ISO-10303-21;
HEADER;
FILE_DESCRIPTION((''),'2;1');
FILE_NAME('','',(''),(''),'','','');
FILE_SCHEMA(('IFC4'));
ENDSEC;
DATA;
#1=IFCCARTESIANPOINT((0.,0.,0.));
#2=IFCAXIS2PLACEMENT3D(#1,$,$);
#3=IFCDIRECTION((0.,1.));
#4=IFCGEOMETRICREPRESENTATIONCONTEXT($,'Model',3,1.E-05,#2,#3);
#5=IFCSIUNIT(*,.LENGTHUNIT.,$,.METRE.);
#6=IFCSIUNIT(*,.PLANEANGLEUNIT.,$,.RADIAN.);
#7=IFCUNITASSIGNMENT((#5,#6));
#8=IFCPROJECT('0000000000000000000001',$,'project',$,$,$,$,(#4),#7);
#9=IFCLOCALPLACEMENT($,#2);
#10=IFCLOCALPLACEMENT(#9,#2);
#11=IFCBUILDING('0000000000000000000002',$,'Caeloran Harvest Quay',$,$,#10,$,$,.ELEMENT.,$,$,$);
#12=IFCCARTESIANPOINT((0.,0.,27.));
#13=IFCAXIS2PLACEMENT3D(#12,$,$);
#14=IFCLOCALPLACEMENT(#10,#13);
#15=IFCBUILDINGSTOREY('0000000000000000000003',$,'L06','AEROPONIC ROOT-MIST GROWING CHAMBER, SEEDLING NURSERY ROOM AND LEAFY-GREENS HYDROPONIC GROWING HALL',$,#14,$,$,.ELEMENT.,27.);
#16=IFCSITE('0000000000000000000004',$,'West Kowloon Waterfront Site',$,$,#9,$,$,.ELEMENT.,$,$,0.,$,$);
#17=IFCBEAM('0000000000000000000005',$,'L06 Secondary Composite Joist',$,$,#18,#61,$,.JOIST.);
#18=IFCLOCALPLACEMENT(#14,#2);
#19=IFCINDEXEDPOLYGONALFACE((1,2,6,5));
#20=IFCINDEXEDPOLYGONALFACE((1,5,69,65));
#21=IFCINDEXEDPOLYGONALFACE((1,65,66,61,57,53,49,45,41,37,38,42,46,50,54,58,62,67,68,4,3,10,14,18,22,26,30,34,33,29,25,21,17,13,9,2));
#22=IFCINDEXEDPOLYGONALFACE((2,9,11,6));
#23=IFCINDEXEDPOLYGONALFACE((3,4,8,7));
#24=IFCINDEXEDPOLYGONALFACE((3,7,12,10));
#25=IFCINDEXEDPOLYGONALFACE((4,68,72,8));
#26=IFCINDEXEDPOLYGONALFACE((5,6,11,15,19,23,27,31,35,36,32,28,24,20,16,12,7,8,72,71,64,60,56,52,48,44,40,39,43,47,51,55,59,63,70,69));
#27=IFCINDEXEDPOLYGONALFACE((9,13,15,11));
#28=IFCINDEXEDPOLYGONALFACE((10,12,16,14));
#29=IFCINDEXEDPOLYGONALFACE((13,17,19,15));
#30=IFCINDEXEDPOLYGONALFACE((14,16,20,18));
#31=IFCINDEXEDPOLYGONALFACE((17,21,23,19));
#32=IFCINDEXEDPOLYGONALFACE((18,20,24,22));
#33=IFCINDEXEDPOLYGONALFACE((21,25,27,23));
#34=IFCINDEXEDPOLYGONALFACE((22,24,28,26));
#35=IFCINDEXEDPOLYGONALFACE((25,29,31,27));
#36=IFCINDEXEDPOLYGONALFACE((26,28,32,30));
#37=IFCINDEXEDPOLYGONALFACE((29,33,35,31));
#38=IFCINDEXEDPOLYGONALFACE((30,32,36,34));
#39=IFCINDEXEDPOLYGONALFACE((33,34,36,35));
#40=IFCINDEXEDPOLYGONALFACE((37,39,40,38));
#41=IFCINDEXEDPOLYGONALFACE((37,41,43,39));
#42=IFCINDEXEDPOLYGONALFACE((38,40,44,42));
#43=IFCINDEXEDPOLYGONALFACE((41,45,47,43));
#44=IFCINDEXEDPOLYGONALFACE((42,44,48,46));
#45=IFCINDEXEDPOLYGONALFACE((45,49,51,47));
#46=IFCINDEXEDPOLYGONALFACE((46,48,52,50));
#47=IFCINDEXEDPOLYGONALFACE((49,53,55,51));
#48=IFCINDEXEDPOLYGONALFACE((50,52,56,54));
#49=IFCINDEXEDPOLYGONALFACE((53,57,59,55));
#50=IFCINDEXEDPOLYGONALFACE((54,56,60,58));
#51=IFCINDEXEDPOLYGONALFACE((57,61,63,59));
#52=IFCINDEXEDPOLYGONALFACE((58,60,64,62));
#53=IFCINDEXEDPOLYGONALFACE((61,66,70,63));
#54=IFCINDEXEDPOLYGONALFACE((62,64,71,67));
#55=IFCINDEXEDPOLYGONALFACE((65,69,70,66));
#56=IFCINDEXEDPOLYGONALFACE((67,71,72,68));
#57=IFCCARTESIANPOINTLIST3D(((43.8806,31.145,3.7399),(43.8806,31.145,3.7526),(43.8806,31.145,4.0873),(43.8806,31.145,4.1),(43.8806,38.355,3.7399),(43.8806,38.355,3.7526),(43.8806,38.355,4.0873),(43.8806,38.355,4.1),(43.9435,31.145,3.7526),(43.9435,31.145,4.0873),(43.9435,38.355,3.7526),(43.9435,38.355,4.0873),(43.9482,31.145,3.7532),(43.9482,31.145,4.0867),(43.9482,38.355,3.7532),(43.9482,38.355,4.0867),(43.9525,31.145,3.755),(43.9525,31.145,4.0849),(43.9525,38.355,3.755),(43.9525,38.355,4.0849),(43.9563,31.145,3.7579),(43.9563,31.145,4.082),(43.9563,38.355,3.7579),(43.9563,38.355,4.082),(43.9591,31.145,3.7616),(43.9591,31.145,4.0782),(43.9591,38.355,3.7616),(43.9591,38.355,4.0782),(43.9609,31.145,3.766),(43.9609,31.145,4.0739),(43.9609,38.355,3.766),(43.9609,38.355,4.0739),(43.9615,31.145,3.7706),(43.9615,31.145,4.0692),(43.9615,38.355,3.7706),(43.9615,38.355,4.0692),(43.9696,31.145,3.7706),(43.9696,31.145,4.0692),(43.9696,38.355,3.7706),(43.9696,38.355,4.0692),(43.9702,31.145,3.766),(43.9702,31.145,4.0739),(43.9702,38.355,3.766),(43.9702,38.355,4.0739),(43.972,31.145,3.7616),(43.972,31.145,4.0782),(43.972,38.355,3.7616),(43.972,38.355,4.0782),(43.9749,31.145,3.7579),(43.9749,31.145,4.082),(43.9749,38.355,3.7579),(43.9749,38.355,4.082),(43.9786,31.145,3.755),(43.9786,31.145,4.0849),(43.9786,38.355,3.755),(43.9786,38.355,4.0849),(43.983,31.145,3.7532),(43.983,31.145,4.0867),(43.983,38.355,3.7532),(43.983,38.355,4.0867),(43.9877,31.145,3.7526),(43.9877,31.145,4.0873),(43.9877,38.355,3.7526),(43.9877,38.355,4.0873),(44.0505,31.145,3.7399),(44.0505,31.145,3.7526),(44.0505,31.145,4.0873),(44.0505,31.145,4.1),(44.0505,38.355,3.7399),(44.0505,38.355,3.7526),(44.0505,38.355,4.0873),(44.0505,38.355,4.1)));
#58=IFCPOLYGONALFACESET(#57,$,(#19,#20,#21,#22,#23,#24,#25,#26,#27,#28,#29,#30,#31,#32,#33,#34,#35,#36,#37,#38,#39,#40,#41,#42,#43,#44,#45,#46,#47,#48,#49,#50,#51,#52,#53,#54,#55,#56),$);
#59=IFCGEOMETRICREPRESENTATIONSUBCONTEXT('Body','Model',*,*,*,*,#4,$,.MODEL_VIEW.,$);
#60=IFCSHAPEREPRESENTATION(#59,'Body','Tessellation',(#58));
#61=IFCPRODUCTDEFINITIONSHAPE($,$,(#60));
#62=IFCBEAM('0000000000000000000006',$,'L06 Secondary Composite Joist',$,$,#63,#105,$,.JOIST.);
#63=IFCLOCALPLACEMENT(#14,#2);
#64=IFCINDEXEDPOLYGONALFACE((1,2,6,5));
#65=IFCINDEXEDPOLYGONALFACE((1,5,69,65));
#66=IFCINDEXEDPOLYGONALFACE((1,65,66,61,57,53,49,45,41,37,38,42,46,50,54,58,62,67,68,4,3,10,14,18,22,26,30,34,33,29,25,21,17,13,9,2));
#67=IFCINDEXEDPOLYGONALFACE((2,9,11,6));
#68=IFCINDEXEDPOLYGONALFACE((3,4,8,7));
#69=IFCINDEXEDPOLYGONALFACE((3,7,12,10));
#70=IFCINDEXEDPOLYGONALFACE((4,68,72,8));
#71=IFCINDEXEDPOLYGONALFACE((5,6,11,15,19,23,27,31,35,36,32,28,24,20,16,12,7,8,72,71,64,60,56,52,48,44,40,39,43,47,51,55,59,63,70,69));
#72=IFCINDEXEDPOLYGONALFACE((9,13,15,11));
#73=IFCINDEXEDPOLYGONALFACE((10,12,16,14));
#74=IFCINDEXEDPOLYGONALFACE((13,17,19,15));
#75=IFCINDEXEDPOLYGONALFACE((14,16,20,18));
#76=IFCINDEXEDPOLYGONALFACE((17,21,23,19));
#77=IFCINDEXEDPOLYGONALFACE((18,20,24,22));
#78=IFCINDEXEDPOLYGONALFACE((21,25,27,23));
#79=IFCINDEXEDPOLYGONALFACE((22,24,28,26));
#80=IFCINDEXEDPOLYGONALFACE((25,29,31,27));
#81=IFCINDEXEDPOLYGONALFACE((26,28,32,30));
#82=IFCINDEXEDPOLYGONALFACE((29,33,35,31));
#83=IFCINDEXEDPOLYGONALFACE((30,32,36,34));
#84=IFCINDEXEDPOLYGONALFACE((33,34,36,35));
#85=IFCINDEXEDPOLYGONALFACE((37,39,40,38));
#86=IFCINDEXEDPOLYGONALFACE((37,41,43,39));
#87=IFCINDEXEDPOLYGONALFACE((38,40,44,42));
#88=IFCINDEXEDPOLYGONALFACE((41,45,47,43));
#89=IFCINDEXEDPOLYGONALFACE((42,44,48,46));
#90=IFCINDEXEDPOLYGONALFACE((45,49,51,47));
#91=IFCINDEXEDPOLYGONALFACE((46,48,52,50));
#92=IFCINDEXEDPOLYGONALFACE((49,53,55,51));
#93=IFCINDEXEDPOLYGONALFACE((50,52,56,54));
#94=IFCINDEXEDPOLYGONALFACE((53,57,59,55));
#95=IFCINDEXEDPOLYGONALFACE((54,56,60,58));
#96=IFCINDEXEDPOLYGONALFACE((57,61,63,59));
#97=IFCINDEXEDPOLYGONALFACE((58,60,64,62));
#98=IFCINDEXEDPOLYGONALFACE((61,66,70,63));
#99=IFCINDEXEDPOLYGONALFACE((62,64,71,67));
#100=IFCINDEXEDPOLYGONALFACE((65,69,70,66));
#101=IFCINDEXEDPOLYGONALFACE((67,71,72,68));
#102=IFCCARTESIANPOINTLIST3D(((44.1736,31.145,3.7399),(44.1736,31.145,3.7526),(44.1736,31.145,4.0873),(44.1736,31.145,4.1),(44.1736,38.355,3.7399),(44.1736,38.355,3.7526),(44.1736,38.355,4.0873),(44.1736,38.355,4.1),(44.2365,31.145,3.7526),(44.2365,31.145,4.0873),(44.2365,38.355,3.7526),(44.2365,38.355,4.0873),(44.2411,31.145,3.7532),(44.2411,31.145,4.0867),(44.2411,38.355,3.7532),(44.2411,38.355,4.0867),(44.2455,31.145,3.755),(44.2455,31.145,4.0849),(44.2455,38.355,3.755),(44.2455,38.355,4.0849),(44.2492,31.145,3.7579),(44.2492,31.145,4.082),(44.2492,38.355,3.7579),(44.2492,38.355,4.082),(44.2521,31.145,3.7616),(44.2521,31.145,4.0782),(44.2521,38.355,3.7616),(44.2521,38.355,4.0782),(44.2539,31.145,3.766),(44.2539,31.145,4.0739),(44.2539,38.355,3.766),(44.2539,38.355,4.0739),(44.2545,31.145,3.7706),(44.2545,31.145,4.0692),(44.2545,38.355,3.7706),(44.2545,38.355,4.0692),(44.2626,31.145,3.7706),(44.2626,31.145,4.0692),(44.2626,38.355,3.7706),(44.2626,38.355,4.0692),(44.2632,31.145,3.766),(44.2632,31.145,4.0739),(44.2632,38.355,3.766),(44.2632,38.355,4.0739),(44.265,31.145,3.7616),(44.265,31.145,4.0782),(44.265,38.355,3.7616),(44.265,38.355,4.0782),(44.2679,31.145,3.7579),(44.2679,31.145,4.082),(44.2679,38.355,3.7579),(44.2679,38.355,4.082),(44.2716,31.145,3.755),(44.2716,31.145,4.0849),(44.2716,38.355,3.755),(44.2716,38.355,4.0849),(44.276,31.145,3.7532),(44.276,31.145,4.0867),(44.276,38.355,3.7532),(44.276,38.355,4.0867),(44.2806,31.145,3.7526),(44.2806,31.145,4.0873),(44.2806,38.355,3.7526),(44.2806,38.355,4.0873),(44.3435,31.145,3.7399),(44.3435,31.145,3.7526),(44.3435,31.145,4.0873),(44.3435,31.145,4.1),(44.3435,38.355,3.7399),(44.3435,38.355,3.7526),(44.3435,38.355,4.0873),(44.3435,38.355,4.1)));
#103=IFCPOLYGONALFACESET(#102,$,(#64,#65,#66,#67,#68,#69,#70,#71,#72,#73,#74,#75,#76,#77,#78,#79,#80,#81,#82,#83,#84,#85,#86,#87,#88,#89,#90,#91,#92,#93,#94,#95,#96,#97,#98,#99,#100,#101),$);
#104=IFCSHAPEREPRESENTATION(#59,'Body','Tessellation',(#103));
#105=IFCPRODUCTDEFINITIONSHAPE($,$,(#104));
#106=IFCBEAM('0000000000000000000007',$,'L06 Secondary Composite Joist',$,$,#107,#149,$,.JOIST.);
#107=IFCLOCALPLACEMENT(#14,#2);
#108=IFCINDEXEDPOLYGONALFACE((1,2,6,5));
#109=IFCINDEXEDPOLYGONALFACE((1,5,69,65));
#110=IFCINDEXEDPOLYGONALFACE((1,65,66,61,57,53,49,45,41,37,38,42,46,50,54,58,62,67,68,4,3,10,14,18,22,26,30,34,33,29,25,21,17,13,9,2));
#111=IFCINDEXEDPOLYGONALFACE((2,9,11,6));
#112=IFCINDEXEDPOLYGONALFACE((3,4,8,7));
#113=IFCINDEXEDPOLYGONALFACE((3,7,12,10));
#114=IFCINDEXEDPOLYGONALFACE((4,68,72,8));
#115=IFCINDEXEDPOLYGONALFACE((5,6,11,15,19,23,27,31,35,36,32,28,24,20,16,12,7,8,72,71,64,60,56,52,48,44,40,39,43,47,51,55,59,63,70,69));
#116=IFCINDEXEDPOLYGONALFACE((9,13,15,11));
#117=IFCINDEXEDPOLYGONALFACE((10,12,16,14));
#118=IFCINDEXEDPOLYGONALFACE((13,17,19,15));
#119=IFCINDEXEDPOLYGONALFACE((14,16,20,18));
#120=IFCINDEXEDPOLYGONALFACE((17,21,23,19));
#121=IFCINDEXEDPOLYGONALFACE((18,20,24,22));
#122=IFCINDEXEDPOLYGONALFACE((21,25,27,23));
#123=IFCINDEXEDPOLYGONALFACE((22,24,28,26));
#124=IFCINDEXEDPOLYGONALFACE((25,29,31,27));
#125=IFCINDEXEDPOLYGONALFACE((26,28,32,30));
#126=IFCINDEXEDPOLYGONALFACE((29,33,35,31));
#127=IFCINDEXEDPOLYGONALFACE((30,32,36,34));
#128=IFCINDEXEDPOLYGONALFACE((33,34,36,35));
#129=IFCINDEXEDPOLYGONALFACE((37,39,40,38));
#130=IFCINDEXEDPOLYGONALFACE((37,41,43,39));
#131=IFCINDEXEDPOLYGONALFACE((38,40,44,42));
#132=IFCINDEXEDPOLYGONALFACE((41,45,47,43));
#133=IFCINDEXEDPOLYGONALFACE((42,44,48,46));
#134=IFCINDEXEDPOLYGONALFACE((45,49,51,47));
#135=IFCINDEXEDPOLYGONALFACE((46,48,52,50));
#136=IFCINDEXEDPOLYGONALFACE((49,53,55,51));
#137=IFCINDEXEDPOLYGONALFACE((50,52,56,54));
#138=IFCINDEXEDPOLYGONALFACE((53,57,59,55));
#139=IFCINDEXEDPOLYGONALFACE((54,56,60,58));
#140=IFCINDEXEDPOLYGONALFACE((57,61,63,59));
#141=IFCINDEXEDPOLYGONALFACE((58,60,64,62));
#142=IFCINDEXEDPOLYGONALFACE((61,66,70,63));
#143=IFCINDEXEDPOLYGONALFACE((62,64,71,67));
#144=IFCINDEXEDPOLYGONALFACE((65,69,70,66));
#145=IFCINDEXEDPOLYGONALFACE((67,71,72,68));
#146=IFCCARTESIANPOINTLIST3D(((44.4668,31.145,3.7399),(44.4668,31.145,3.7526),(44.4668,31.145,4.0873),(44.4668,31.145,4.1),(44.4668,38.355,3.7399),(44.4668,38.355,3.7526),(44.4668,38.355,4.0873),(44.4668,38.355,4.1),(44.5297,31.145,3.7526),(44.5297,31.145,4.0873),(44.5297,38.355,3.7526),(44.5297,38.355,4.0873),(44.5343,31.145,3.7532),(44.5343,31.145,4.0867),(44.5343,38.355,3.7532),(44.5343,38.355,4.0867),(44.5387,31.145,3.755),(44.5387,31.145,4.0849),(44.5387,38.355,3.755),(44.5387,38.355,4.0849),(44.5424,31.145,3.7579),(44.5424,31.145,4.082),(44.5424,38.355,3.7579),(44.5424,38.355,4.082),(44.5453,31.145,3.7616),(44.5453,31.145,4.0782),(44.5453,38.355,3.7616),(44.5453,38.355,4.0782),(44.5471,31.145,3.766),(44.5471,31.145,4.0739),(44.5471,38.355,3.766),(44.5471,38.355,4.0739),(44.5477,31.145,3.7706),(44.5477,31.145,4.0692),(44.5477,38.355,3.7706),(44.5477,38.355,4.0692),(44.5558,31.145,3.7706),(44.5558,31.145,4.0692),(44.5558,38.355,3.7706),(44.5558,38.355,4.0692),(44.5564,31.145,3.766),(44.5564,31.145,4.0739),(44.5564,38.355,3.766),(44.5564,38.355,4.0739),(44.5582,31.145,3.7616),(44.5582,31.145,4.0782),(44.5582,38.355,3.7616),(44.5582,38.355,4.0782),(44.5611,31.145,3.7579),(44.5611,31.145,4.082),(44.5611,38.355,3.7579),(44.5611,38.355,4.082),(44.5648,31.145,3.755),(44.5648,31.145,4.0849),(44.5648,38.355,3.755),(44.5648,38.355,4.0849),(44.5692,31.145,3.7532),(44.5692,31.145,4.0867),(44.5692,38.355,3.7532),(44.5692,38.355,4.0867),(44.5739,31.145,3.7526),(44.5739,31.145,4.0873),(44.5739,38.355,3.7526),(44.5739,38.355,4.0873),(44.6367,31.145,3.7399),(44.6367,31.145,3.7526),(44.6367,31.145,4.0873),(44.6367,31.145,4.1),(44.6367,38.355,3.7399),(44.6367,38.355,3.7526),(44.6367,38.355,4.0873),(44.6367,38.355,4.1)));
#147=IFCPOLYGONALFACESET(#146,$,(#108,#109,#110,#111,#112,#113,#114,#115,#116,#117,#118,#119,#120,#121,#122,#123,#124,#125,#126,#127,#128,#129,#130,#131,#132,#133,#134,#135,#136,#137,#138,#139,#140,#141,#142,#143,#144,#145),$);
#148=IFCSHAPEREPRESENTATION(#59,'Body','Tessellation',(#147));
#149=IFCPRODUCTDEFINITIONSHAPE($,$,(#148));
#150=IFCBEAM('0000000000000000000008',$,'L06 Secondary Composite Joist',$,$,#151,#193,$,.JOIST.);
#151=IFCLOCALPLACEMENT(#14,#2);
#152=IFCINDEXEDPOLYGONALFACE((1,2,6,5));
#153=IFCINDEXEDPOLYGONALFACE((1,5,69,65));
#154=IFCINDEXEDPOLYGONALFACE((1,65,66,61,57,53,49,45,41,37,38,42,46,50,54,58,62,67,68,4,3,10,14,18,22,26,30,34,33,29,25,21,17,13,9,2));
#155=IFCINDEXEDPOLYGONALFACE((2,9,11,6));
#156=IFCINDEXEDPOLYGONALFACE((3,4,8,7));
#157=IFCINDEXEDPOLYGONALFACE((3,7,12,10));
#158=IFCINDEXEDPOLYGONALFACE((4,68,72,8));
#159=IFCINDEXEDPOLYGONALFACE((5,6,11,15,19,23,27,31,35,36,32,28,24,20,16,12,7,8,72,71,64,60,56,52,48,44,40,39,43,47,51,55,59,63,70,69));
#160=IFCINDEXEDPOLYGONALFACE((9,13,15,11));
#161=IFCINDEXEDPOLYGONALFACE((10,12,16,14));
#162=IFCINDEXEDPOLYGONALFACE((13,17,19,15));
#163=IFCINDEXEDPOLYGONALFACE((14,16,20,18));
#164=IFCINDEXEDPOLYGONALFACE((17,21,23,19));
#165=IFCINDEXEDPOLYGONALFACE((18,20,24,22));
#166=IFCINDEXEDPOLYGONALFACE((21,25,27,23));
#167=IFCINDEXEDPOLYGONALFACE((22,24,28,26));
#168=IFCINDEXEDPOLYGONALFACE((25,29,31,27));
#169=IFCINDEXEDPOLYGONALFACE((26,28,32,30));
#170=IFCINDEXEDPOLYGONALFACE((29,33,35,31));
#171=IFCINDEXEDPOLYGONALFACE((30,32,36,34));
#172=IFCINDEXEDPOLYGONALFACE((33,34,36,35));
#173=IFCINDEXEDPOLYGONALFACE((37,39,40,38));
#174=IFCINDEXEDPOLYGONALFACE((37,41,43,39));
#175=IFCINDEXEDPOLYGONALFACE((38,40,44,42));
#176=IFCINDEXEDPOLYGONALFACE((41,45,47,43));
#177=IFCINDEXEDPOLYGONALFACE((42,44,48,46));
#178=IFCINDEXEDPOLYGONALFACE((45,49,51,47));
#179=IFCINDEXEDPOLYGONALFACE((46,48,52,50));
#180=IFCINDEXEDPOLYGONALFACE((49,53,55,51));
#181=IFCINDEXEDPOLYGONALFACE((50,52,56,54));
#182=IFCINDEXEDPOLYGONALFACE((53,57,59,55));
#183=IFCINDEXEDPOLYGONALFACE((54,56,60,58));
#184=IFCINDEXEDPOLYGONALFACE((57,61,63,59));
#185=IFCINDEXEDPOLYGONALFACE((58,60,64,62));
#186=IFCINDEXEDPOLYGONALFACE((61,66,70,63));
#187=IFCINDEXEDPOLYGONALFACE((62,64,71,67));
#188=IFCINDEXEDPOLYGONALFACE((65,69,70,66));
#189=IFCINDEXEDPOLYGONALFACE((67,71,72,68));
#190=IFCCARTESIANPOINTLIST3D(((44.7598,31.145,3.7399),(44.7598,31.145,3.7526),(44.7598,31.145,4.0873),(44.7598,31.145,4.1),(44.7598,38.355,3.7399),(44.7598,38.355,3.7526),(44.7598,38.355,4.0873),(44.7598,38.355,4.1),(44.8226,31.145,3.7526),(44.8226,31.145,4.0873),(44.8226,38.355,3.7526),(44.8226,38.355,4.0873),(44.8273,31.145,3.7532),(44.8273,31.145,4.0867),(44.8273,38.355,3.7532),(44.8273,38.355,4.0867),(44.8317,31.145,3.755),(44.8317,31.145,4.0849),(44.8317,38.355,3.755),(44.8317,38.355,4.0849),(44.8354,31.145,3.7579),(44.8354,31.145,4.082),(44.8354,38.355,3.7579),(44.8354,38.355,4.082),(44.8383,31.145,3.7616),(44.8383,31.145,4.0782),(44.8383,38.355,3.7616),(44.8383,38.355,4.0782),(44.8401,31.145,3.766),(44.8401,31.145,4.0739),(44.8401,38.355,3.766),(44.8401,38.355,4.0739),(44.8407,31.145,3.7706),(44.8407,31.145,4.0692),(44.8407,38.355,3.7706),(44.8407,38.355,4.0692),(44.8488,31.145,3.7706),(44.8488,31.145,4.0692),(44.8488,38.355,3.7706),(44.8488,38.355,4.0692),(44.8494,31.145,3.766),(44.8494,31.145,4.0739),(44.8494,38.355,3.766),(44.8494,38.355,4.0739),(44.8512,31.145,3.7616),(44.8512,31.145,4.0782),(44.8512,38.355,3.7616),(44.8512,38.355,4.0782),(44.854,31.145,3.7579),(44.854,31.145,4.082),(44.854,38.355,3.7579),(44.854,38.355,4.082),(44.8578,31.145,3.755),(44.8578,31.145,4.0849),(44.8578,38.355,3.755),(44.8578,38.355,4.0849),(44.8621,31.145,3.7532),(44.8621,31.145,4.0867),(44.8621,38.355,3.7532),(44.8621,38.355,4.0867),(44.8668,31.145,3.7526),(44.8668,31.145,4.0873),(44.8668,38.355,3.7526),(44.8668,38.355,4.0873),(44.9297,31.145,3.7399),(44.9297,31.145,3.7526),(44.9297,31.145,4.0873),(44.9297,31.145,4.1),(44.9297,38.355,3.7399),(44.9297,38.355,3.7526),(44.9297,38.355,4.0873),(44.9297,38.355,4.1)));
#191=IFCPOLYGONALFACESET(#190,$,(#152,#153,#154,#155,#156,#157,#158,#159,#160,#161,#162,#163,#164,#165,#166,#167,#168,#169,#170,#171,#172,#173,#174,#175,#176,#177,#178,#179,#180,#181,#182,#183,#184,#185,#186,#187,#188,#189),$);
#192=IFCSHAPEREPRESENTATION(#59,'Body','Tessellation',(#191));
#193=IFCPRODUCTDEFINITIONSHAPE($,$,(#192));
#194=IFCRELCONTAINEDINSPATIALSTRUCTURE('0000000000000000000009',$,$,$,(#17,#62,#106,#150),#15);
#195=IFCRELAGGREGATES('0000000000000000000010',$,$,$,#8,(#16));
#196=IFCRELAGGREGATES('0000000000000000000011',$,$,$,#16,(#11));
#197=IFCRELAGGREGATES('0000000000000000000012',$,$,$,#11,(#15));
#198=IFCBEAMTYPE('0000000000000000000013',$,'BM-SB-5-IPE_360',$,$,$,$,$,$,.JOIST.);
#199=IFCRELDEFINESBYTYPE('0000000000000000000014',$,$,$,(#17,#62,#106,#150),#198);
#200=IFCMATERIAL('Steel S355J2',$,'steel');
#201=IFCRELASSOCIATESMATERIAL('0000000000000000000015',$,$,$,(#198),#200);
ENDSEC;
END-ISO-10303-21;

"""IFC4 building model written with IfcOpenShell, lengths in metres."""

from ifc_helpers import new_model, si_unit, direction, frame, origin, origin_2d, place, context, subcontext, project, spatial, i_section, extrude, material, material_profile, profile_set, type_object, element, save


model = new_model("IFC4")

# Units and contexts
model_context = context("Model", 3, precision=1e-05, world=origin(), true_north=direction((0.0, 1.0)))
body_context = subcontext(model_context, "Body", "Model", "MODEL_VIEW")
ifc_project = project(units=[si_unit("LENGTHUNIT", "METRE"), si_unit("PLANEANGLEUNIT", "RADIAN")], contexts=[model_context])

# Site, building, storey
site_placement = place(None, origin())
site = spatial("IfcSite", under=ifc_project, at=site_placement, Name="West Kowloon Waterfront Site", CompositionType="ELEMENT", RefElevation=0.0)
building_placement = place(site_placement, origin())
building = spatial("IfcBuilding", under=site, at=building_placement, Name="Caeloran Harvest Quay", CompositionType="ELEMENT")
storey_placement = place(building_placement, frame((0.0, 0.0, 27.0)))
storey = spatial("IfcBuildingStorey", under=building, at=storey_placement, Name="L06", Description="AEROPONIC ROOT-MIST GROWING CHAMBER, SEEDLING NURSERY ROOM AND LEAFY-GREENS HYDROPONIC GROWING HALL", CompositionType="ELEMENT", Elevation=27.0)

# Beams
ifc_material_1 = material(Name="Steel S355J2", Category="steel")
ifc_material_profile_1 = material_profile(ifc_material_1, i_section(OverallWidth=0.1699, OverallDepth=0.3601, WebThickness=0.0081, FlangeThickness=0.0127, FilletRadius=0.0181, at=origin_2d()), Name="IPE 360")
ifc_profile_set_1 = profile_set([ifc_material_profile_1], Name="Steel S355J2")
beam_type_1 = type_object("IfcBeamType", Name="BM-SB-5-IPE_360", PredefinedType="JOIST", material=ifc_profile_set_1)
for number, where, z_axis, x_axis, name in (
    (1, (43.9656, 31.145, 3.9199), (0.0, 1.0, 0.0), (-1.0, 0.0, 0.0), "L06 Secondary Composite Joist"),
    (2, (44.2585, 31.145, 3.9199), (0.0, 1.0, 0.0), (-1.0, 0.0, 0.0), "L06 Secondary Composite Joist"),
    (3, (44.5518, 31.145, 3.9199), (0.0, 1.0, 0.0), (-1.0, 0.0, 0.0), "L06 Secondary Composite Joist"),
    (4, (44.8447, 31.145, 3.9199), (0.0, 1.0, 0.0), (-1.0, 0.0, 0.0), "L06 Secondary Composite Joist"),
):
    element("IfcBeam", number, at=place(storey_placement, frame(where, z_axis=z_axis, x_axis=x_axis)), inside=storey, type_object=beam_type_1, Name=name, PredefinedType="JOIST", context=body_context, shape_type="SweptSolid", body=[
        extrude(i_section(OverallWidth=0.1699, OverallDepth=0.3601, WebThickness=0.0081, FlangeThickness=0.0127, FilletRadius=0.0181, at=origin_2d()), origin(), (0.0, 0.0, 1.0), 7.21),
    ])

save(model, "model.ifc")
